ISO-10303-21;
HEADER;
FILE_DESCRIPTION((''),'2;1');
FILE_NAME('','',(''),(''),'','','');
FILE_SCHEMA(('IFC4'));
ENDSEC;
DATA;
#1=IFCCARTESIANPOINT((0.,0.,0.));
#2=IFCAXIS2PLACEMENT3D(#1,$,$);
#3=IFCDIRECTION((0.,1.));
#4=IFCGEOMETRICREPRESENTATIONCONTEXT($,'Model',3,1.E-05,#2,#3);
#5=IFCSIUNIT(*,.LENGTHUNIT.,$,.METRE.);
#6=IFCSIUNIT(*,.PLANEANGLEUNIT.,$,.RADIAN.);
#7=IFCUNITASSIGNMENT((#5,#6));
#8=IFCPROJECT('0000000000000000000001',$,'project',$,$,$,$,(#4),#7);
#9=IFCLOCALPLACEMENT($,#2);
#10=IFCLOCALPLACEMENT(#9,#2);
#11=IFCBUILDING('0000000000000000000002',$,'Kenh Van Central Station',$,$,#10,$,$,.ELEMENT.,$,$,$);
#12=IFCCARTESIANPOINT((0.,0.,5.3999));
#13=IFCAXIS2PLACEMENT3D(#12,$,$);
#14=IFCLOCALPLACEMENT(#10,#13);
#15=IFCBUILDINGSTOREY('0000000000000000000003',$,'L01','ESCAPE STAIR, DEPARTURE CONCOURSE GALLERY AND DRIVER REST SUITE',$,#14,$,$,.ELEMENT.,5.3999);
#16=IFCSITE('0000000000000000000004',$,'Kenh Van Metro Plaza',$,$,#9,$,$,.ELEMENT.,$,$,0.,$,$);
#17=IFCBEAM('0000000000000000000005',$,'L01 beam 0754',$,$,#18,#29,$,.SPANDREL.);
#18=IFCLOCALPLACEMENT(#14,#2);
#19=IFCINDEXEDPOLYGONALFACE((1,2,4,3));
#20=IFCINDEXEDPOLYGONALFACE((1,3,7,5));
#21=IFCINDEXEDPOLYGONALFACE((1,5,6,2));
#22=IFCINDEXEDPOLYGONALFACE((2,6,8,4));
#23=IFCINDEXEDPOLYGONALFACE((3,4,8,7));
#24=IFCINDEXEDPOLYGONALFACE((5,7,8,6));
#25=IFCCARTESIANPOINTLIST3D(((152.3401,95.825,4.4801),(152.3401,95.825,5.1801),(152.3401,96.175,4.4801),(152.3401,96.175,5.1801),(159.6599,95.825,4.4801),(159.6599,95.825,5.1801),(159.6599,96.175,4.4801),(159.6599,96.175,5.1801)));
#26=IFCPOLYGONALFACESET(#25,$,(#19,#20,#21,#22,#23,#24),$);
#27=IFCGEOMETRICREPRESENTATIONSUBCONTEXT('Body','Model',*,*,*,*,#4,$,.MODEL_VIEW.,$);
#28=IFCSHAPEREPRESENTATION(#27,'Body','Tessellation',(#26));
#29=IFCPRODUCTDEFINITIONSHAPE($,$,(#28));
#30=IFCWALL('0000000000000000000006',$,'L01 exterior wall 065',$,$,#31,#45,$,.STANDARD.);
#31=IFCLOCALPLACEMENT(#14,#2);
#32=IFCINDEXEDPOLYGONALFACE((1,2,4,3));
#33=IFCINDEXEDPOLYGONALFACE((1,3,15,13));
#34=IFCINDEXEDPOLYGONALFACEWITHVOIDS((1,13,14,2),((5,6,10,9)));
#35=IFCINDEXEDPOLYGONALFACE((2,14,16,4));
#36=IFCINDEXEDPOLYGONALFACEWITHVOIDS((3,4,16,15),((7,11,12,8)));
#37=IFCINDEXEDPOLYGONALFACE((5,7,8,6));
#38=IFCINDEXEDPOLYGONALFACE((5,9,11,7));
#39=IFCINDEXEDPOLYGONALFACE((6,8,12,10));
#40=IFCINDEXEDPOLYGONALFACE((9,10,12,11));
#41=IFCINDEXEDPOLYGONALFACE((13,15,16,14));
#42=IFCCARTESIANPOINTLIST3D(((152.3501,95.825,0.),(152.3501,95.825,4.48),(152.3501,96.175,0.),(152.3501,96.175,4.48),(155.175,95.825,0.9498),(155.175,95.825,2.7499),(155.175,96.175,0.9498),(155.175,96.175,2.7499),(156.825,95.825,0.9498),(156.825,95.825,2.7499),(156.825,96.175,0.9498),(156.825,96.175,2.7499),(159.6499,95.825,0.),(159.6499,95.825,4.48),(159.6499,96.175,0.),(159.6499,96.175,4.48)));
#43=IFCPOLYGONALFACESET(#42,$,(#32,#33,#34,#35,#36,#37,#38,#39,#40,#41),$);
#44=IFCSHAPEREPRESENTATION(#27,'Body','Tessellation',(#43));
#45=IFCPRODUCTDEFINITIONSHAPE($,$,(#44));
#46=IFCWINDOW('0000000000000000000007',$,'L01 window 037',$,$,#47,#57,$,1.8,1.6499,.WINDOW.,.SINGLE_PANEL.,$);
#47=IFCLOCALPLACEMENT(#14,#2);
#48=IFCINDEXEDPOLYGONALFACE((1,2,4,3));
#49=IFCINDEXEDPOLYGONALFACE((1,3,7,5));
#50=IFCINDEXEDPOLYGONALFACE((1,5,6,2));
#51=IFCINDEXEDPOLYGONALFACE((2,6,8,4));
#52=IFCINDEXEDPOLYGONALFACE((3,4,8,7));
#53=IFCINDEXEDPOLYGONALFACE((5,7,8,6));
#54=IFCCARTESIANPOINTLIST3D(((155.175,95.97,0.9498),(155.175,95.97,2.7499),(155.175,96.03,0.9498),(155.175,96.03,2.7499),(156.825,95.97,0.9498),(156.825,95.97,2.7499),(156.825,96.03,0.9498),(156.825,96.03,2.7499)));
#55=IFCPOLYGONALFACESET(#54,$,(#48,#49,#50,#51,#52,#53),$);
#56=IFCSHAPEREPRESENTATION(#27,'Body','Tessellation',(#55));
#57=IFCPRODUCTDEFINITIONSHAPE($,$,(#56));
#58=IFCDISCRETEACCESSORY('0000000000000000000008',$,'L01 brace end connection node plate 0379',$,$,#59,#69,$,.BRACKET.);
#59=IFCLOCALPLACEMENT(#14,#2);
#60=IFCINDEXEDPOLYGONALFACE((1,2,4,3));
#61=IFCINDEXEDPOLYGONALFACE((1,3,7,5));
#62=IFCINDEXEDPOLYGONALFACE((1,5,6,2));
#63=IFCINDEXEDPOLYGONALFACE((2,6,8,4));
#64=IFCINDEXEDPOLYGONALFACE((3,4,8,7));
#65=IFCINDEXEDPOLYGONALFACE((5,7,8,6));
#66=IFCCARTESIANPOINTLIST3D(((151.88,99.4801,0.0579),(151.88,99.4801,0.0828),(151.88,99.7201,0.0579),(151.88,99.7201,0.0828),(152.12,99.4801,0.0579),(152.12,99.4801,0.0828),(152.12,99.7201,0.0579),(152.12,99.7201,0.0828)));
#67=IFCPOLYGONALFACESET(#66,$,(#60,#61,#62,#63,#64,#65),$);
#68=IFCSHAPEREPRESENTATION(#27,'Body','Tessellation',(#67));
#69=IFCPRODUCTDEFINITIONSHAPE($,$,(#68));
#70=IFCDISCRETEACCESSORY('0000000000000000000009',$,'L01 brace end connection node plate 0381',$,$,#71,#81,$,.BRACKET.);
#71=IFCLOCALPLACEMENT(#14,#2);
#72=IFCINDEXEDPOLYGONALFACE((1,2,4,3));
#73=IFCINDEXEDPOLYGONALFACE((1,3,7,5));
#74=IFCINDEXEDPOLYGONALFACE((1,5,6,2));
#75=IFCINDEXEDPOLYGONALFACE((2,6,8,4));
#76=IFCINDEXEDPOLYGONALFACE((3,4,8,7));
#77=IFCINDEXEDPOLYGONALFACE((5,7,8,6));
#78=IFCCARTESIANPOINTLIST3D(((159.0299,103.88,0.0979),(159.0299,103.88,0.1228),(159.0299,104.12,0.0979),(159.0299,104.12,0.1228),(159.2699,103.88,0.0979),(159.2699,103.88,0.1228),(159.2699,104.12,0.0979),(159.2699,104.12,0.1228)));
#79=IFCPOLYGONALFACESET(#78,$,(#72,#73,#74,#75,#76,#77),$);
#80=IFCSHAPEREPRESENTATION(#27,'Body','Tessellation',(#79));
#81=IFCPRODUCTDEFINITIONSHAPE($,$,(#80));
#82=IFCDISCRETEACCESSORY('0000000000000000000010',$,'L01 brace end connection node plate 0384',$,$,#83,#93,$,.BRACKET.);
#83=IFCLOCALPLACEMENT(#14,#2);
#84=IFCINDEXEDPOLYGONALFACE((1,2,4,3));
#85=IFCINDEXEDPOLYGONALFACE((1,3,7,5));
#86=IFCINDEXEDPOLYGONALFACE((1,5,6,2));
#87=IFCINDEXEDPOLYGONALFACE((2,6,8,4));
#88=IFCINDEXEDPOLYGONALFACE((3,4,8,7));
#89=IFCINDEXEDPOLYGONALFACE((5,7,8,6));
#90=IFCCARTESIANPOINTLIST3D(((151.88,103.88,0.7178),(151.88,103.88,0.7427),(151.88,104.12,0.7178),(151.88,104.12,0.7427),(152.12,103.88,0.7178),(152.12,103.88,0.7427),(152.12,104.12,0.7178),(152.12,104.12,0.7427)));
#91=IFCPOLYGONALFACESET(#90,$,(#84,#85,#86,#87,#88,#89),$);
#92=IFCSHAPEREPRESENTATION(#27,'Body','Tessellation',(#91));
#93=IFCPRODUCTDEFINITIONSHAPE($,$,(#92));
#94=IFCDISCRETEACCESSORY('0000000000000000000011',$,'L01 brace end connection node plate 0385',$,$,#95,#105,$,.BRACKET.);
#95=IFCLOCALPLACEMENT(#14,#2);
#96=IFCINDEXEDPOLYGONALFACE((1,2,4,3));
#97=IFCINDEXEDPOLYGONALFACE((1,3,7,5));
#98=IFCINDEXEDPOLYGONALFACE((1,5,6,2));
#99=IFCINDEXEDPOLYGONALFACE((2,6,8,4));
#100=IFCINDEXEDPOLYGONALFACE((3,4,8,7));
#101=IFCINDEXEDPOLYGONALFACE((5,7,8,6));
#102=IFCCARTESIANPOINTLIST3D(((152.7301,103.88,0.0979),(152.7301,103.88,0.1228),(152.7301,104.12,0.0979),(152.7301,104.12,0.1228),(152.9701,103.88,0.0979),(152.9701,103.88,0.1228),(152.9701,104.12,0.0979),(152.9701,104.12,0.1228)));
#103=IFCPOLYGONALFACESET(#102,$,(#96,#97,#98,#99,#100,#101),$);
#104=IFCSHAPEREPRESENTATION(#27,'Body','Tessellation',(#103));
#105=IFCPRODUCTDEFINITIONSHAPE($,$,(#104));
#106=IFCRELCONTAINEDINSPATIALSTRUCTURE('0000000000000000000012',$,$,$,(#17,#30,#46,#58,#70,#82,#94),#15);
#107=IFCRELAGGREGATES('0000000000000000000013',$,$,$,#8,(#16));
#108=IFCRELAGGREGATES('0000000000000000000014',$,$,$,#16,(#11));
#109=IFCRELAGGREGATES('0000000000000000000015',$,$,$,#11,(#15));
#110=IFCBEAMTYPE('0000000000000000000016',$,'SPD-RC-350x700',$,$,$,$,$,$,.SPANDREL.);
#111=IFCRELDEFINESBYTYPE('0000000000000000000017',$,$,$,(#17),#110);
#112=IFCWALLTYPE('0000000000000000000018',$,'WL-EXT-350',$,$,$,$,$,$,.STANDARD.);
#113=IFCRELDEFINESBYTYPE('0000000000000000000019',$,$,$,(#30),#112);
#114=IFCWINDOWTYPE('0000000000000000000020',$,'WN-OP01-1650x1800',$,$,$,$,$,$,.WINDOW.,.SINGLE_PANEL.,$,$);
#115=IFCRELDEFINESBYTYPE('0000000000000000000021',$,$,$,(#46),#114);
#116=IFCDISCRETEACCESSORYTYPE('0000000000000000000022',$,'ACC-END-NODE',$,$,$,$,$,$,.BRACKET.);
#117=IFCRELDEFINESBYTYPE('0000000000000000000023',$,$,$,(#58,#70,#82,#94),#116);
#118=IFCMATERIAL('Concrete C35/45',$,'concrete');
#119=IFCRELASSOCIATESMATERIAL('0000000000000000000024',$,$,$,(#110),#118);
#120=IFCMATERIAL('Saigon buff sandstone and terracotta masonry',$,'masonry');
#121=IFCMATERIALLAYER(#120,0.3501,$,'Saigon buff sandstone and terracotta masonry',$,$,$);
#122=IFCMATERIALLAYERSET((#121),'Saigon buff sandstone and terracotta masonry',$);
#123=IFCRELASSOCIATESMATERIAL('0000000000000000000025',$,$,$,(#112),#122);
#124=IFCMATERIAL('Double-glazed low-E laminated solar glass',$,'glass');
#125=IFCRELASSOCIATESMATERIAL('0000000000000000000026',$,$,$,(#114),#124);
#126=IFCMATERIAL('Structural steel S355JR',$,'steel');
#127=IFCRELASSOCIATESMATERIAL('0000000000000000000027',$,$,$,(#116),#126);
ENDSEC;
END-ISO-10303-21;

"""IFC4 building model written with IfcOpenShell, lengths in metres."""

from ifc_helpers import new_model, si_unit, direction, frame, frame_2d, origin, origin_2d, place, context, subcontext, project, spatial, rectangle, extrude, material, layer, layer_set, material_profile, profile_set, type_object, element, fill, save


model = new_model("IFC4")

# Units and contexts
model_context = context("Model", 3, precision=1e-05, world=origin(), true_north=direction((0.0, 1.0)))
body_context = subcontext(model_context, "Body", "Model", "MODEL_VIEW")
ifc_project = project(units=[si_unit("LENGTHUNIT", "METRE"), si_unit("PLANEANGLEUNIT", "RADIAN")], contexts=[model_context])

# Site, building, storey
site_placement = place(None, origin())
site = spatial("IfcSite", under=ifc_project, at=site_placement, Name="Kenh Van Metro Plaza", CompositionType="ELEMENT", RefElevation=0.0)
building_placement = place(site_placement, origin())
building = spatial("IfcBuilding", under=site, at=building_placement, Name="Kenh Van Central Station", CompositionType="ELEMENT")
storey_placement = place(building_placement, frame((0.0, 0.0, 5.3999)))
storey = spatial("IfcBuildingStorey", under=building, at=storey_placement, Name="L01", Description="ESCAPE STAIR, DEPARTURE CONCOURSE GALLERY AND DRIVER REST SUITE", CompositionType="ELEMENT", Elevation=5.3999)

# Beam
ifc_material_1 = material(Name="Concrete C35/45", Category="concrete")
ifc_material_profile_1 = material_profile(ifc_material_1, rectangle(XDim=0.3501, YDim=0.7, at=origin_2d()), Name="RC 350x700")
ifc_profile_set_1 = profile_set([ifc_material_profile_1], Name="Concrete C35/45")
beam_type_1 = type_object("IfcBeamType", Name="SPD-RC-350x700", PredefinedType="SPANDREL", material=ifc_profile_set_1)
beam_placement = place(storey_placement, frame((152.3401, 96.0, 4.8301), z_axis=(1.0, 0.0, 0.0), x_axis=(0.0, 1.0, 0.0)))
element("IfcBeam", 1, at=beam_placement, inside=storey, type_object=beam_type_1, Name="L01 beam 0754", PredefinedType="SPANDREL", context=body_context, shape_type="SweptSolid", body=[
    extrude(rectangle(XDim=0.3501, YDim=0.7, at=origin_2d()), origin(), (0.0, 0.0, 1.0), 7.3198),
])

# Wall, opening, window
ifc_material_2 = material(Name="Saigon buff sandstone and terracotta masonry", Category="masonry")
ifc_layer = layer(ifc_material_2, 0.3501, Name="Saigon buff sandstone and terracotta masonry")
ifc_layer_set = layer_set([ifc_layer], Name="Saigon buff sandstone and terracotta masonry")
wall_type = type_object("IfcWallType", Name="WL-EXT-350", PredefinedType="STANDARD", material=ifc_layer_set)
wall_placement = place(storey_placement, frame((159.6499, 96.0, 0.0), z_axis=(0.0, 0.0, 1.0), x_axis=(-1.0, 0.0, 0.0)))
wall = element("IfcWall", 2, at=wall_placement, inside=storey, type_object=wall_type, Name="L01 exterior wall 065", PredefinedType="STANDARD", context=body_context, shape_type="SweptSolid", body=[
    extrude(rectangle(XDim=7.2998, YDim=0.3501, at=frame_2d((3.6499, 0.0))), origin(), (0.0, 0.0, 1.0), 4.48),
])
opening_placement = place(wall_placement, frame((2.825, 0.0, 0.95)))
opening = element("IfcOpeningElement", 3, at=opening_placement, cuts=wall, PredefinedType="OPENING", context=body_context, shape_type="SweptSolid", body=[
    extrude(rectangle(XDim=1.6499, YDim=1.8, at=frame_2d((0.825, 0.8999))), frame((0.0, 0.1851, 0.0), z_axis=(0.0, -1.0, 0.0), x_axis=(1.0, 0.0, 0.0)), (0.0, 0.0, 1.0), 0.3701),
])
ifc_material_3 = material(Name="Double-glazed low-E laminated solar glass", Category="glass")
window_type = type_object("IfcWindowType", Name="WN-OP01-1650x1800", PartitioningType="SINGLE_PANEL", PredefinedType="WINDOW", material=ifc_material_3)
window_placement = place(opening_placement, origin())
window = element("IfcWindow", 4, at=window_placement, inside=storey, type_object=window_type, Name="L01 window 037", OverallHeight=1.8, OverallWidth=1.6499, PartitioningType="SINGLE_PANEL", PredefinedType="WINDOW", context=body_context, shape_type="SweptSolid", body=[
    extrude(rectangle(XDim=1.6499, YDim=1.8, at=frame_2d((0.825, 0.8999))), frame((0.0, 0.03, 0.0), z_axis=(0.0, -1.0, 0.0), x_axis=(1.0, 0.0, 0.0)), (0.0, 0.0, 1.0), 0.0601),
])
fill(opening, window)

# Discrete accessories
ifc_material_4 = material(Name="Structural steel S355JR", Category="steel")
discrete_accessory_type = type_object("IfcDiscreteAccessoryType", Name="ACC-END-NODE", PredefinedType="BRACKET", material=ifc_material_4)
for number, where, z_axis, x_axis, name in (
    (5, (152.0, 99.6001, 0.0579), (0.0, 0.0, 1.0), (1.0, 0.0, 0.0), "L01 brace end connection node plate 0379"),
    (6, (159.1499, 104.0, 0.0979), (0.0, 0.0, 1.0), (1.0, 0.0, 0.0), "L01 brace end connection node plate 0381"),
    (7, (152.0, 104.0, 0.7178), (0.0, 0.0, 1.0), (1.0, 0.0, 0.0), "L01 brace end connection node plate 0384"),
    (8, (152.8501, 104.0, 0.0979), (0.0, 0.0, 1.0), (1.0, 0.0, 0.0), "L01 brace end connection node plate 0385"),
):
    element("IfcDiscreteAccessory", number, at=place(storey_placement, frame(where, z_axis=z_axis, x_axis=x_axis)), inside=storey, type_object=discrete_accessory_type, Name=name, PredefinedType="BRACKET", context=body_context, shape_type="SweptSolid", body=[
        extrude(rectangle(XDim=0.24, YDim=0.24, at=origin_2d()), origin(), (0.0, 0.0, 1.0), 0.0249),
    ])

save(model, "model.ifc")
